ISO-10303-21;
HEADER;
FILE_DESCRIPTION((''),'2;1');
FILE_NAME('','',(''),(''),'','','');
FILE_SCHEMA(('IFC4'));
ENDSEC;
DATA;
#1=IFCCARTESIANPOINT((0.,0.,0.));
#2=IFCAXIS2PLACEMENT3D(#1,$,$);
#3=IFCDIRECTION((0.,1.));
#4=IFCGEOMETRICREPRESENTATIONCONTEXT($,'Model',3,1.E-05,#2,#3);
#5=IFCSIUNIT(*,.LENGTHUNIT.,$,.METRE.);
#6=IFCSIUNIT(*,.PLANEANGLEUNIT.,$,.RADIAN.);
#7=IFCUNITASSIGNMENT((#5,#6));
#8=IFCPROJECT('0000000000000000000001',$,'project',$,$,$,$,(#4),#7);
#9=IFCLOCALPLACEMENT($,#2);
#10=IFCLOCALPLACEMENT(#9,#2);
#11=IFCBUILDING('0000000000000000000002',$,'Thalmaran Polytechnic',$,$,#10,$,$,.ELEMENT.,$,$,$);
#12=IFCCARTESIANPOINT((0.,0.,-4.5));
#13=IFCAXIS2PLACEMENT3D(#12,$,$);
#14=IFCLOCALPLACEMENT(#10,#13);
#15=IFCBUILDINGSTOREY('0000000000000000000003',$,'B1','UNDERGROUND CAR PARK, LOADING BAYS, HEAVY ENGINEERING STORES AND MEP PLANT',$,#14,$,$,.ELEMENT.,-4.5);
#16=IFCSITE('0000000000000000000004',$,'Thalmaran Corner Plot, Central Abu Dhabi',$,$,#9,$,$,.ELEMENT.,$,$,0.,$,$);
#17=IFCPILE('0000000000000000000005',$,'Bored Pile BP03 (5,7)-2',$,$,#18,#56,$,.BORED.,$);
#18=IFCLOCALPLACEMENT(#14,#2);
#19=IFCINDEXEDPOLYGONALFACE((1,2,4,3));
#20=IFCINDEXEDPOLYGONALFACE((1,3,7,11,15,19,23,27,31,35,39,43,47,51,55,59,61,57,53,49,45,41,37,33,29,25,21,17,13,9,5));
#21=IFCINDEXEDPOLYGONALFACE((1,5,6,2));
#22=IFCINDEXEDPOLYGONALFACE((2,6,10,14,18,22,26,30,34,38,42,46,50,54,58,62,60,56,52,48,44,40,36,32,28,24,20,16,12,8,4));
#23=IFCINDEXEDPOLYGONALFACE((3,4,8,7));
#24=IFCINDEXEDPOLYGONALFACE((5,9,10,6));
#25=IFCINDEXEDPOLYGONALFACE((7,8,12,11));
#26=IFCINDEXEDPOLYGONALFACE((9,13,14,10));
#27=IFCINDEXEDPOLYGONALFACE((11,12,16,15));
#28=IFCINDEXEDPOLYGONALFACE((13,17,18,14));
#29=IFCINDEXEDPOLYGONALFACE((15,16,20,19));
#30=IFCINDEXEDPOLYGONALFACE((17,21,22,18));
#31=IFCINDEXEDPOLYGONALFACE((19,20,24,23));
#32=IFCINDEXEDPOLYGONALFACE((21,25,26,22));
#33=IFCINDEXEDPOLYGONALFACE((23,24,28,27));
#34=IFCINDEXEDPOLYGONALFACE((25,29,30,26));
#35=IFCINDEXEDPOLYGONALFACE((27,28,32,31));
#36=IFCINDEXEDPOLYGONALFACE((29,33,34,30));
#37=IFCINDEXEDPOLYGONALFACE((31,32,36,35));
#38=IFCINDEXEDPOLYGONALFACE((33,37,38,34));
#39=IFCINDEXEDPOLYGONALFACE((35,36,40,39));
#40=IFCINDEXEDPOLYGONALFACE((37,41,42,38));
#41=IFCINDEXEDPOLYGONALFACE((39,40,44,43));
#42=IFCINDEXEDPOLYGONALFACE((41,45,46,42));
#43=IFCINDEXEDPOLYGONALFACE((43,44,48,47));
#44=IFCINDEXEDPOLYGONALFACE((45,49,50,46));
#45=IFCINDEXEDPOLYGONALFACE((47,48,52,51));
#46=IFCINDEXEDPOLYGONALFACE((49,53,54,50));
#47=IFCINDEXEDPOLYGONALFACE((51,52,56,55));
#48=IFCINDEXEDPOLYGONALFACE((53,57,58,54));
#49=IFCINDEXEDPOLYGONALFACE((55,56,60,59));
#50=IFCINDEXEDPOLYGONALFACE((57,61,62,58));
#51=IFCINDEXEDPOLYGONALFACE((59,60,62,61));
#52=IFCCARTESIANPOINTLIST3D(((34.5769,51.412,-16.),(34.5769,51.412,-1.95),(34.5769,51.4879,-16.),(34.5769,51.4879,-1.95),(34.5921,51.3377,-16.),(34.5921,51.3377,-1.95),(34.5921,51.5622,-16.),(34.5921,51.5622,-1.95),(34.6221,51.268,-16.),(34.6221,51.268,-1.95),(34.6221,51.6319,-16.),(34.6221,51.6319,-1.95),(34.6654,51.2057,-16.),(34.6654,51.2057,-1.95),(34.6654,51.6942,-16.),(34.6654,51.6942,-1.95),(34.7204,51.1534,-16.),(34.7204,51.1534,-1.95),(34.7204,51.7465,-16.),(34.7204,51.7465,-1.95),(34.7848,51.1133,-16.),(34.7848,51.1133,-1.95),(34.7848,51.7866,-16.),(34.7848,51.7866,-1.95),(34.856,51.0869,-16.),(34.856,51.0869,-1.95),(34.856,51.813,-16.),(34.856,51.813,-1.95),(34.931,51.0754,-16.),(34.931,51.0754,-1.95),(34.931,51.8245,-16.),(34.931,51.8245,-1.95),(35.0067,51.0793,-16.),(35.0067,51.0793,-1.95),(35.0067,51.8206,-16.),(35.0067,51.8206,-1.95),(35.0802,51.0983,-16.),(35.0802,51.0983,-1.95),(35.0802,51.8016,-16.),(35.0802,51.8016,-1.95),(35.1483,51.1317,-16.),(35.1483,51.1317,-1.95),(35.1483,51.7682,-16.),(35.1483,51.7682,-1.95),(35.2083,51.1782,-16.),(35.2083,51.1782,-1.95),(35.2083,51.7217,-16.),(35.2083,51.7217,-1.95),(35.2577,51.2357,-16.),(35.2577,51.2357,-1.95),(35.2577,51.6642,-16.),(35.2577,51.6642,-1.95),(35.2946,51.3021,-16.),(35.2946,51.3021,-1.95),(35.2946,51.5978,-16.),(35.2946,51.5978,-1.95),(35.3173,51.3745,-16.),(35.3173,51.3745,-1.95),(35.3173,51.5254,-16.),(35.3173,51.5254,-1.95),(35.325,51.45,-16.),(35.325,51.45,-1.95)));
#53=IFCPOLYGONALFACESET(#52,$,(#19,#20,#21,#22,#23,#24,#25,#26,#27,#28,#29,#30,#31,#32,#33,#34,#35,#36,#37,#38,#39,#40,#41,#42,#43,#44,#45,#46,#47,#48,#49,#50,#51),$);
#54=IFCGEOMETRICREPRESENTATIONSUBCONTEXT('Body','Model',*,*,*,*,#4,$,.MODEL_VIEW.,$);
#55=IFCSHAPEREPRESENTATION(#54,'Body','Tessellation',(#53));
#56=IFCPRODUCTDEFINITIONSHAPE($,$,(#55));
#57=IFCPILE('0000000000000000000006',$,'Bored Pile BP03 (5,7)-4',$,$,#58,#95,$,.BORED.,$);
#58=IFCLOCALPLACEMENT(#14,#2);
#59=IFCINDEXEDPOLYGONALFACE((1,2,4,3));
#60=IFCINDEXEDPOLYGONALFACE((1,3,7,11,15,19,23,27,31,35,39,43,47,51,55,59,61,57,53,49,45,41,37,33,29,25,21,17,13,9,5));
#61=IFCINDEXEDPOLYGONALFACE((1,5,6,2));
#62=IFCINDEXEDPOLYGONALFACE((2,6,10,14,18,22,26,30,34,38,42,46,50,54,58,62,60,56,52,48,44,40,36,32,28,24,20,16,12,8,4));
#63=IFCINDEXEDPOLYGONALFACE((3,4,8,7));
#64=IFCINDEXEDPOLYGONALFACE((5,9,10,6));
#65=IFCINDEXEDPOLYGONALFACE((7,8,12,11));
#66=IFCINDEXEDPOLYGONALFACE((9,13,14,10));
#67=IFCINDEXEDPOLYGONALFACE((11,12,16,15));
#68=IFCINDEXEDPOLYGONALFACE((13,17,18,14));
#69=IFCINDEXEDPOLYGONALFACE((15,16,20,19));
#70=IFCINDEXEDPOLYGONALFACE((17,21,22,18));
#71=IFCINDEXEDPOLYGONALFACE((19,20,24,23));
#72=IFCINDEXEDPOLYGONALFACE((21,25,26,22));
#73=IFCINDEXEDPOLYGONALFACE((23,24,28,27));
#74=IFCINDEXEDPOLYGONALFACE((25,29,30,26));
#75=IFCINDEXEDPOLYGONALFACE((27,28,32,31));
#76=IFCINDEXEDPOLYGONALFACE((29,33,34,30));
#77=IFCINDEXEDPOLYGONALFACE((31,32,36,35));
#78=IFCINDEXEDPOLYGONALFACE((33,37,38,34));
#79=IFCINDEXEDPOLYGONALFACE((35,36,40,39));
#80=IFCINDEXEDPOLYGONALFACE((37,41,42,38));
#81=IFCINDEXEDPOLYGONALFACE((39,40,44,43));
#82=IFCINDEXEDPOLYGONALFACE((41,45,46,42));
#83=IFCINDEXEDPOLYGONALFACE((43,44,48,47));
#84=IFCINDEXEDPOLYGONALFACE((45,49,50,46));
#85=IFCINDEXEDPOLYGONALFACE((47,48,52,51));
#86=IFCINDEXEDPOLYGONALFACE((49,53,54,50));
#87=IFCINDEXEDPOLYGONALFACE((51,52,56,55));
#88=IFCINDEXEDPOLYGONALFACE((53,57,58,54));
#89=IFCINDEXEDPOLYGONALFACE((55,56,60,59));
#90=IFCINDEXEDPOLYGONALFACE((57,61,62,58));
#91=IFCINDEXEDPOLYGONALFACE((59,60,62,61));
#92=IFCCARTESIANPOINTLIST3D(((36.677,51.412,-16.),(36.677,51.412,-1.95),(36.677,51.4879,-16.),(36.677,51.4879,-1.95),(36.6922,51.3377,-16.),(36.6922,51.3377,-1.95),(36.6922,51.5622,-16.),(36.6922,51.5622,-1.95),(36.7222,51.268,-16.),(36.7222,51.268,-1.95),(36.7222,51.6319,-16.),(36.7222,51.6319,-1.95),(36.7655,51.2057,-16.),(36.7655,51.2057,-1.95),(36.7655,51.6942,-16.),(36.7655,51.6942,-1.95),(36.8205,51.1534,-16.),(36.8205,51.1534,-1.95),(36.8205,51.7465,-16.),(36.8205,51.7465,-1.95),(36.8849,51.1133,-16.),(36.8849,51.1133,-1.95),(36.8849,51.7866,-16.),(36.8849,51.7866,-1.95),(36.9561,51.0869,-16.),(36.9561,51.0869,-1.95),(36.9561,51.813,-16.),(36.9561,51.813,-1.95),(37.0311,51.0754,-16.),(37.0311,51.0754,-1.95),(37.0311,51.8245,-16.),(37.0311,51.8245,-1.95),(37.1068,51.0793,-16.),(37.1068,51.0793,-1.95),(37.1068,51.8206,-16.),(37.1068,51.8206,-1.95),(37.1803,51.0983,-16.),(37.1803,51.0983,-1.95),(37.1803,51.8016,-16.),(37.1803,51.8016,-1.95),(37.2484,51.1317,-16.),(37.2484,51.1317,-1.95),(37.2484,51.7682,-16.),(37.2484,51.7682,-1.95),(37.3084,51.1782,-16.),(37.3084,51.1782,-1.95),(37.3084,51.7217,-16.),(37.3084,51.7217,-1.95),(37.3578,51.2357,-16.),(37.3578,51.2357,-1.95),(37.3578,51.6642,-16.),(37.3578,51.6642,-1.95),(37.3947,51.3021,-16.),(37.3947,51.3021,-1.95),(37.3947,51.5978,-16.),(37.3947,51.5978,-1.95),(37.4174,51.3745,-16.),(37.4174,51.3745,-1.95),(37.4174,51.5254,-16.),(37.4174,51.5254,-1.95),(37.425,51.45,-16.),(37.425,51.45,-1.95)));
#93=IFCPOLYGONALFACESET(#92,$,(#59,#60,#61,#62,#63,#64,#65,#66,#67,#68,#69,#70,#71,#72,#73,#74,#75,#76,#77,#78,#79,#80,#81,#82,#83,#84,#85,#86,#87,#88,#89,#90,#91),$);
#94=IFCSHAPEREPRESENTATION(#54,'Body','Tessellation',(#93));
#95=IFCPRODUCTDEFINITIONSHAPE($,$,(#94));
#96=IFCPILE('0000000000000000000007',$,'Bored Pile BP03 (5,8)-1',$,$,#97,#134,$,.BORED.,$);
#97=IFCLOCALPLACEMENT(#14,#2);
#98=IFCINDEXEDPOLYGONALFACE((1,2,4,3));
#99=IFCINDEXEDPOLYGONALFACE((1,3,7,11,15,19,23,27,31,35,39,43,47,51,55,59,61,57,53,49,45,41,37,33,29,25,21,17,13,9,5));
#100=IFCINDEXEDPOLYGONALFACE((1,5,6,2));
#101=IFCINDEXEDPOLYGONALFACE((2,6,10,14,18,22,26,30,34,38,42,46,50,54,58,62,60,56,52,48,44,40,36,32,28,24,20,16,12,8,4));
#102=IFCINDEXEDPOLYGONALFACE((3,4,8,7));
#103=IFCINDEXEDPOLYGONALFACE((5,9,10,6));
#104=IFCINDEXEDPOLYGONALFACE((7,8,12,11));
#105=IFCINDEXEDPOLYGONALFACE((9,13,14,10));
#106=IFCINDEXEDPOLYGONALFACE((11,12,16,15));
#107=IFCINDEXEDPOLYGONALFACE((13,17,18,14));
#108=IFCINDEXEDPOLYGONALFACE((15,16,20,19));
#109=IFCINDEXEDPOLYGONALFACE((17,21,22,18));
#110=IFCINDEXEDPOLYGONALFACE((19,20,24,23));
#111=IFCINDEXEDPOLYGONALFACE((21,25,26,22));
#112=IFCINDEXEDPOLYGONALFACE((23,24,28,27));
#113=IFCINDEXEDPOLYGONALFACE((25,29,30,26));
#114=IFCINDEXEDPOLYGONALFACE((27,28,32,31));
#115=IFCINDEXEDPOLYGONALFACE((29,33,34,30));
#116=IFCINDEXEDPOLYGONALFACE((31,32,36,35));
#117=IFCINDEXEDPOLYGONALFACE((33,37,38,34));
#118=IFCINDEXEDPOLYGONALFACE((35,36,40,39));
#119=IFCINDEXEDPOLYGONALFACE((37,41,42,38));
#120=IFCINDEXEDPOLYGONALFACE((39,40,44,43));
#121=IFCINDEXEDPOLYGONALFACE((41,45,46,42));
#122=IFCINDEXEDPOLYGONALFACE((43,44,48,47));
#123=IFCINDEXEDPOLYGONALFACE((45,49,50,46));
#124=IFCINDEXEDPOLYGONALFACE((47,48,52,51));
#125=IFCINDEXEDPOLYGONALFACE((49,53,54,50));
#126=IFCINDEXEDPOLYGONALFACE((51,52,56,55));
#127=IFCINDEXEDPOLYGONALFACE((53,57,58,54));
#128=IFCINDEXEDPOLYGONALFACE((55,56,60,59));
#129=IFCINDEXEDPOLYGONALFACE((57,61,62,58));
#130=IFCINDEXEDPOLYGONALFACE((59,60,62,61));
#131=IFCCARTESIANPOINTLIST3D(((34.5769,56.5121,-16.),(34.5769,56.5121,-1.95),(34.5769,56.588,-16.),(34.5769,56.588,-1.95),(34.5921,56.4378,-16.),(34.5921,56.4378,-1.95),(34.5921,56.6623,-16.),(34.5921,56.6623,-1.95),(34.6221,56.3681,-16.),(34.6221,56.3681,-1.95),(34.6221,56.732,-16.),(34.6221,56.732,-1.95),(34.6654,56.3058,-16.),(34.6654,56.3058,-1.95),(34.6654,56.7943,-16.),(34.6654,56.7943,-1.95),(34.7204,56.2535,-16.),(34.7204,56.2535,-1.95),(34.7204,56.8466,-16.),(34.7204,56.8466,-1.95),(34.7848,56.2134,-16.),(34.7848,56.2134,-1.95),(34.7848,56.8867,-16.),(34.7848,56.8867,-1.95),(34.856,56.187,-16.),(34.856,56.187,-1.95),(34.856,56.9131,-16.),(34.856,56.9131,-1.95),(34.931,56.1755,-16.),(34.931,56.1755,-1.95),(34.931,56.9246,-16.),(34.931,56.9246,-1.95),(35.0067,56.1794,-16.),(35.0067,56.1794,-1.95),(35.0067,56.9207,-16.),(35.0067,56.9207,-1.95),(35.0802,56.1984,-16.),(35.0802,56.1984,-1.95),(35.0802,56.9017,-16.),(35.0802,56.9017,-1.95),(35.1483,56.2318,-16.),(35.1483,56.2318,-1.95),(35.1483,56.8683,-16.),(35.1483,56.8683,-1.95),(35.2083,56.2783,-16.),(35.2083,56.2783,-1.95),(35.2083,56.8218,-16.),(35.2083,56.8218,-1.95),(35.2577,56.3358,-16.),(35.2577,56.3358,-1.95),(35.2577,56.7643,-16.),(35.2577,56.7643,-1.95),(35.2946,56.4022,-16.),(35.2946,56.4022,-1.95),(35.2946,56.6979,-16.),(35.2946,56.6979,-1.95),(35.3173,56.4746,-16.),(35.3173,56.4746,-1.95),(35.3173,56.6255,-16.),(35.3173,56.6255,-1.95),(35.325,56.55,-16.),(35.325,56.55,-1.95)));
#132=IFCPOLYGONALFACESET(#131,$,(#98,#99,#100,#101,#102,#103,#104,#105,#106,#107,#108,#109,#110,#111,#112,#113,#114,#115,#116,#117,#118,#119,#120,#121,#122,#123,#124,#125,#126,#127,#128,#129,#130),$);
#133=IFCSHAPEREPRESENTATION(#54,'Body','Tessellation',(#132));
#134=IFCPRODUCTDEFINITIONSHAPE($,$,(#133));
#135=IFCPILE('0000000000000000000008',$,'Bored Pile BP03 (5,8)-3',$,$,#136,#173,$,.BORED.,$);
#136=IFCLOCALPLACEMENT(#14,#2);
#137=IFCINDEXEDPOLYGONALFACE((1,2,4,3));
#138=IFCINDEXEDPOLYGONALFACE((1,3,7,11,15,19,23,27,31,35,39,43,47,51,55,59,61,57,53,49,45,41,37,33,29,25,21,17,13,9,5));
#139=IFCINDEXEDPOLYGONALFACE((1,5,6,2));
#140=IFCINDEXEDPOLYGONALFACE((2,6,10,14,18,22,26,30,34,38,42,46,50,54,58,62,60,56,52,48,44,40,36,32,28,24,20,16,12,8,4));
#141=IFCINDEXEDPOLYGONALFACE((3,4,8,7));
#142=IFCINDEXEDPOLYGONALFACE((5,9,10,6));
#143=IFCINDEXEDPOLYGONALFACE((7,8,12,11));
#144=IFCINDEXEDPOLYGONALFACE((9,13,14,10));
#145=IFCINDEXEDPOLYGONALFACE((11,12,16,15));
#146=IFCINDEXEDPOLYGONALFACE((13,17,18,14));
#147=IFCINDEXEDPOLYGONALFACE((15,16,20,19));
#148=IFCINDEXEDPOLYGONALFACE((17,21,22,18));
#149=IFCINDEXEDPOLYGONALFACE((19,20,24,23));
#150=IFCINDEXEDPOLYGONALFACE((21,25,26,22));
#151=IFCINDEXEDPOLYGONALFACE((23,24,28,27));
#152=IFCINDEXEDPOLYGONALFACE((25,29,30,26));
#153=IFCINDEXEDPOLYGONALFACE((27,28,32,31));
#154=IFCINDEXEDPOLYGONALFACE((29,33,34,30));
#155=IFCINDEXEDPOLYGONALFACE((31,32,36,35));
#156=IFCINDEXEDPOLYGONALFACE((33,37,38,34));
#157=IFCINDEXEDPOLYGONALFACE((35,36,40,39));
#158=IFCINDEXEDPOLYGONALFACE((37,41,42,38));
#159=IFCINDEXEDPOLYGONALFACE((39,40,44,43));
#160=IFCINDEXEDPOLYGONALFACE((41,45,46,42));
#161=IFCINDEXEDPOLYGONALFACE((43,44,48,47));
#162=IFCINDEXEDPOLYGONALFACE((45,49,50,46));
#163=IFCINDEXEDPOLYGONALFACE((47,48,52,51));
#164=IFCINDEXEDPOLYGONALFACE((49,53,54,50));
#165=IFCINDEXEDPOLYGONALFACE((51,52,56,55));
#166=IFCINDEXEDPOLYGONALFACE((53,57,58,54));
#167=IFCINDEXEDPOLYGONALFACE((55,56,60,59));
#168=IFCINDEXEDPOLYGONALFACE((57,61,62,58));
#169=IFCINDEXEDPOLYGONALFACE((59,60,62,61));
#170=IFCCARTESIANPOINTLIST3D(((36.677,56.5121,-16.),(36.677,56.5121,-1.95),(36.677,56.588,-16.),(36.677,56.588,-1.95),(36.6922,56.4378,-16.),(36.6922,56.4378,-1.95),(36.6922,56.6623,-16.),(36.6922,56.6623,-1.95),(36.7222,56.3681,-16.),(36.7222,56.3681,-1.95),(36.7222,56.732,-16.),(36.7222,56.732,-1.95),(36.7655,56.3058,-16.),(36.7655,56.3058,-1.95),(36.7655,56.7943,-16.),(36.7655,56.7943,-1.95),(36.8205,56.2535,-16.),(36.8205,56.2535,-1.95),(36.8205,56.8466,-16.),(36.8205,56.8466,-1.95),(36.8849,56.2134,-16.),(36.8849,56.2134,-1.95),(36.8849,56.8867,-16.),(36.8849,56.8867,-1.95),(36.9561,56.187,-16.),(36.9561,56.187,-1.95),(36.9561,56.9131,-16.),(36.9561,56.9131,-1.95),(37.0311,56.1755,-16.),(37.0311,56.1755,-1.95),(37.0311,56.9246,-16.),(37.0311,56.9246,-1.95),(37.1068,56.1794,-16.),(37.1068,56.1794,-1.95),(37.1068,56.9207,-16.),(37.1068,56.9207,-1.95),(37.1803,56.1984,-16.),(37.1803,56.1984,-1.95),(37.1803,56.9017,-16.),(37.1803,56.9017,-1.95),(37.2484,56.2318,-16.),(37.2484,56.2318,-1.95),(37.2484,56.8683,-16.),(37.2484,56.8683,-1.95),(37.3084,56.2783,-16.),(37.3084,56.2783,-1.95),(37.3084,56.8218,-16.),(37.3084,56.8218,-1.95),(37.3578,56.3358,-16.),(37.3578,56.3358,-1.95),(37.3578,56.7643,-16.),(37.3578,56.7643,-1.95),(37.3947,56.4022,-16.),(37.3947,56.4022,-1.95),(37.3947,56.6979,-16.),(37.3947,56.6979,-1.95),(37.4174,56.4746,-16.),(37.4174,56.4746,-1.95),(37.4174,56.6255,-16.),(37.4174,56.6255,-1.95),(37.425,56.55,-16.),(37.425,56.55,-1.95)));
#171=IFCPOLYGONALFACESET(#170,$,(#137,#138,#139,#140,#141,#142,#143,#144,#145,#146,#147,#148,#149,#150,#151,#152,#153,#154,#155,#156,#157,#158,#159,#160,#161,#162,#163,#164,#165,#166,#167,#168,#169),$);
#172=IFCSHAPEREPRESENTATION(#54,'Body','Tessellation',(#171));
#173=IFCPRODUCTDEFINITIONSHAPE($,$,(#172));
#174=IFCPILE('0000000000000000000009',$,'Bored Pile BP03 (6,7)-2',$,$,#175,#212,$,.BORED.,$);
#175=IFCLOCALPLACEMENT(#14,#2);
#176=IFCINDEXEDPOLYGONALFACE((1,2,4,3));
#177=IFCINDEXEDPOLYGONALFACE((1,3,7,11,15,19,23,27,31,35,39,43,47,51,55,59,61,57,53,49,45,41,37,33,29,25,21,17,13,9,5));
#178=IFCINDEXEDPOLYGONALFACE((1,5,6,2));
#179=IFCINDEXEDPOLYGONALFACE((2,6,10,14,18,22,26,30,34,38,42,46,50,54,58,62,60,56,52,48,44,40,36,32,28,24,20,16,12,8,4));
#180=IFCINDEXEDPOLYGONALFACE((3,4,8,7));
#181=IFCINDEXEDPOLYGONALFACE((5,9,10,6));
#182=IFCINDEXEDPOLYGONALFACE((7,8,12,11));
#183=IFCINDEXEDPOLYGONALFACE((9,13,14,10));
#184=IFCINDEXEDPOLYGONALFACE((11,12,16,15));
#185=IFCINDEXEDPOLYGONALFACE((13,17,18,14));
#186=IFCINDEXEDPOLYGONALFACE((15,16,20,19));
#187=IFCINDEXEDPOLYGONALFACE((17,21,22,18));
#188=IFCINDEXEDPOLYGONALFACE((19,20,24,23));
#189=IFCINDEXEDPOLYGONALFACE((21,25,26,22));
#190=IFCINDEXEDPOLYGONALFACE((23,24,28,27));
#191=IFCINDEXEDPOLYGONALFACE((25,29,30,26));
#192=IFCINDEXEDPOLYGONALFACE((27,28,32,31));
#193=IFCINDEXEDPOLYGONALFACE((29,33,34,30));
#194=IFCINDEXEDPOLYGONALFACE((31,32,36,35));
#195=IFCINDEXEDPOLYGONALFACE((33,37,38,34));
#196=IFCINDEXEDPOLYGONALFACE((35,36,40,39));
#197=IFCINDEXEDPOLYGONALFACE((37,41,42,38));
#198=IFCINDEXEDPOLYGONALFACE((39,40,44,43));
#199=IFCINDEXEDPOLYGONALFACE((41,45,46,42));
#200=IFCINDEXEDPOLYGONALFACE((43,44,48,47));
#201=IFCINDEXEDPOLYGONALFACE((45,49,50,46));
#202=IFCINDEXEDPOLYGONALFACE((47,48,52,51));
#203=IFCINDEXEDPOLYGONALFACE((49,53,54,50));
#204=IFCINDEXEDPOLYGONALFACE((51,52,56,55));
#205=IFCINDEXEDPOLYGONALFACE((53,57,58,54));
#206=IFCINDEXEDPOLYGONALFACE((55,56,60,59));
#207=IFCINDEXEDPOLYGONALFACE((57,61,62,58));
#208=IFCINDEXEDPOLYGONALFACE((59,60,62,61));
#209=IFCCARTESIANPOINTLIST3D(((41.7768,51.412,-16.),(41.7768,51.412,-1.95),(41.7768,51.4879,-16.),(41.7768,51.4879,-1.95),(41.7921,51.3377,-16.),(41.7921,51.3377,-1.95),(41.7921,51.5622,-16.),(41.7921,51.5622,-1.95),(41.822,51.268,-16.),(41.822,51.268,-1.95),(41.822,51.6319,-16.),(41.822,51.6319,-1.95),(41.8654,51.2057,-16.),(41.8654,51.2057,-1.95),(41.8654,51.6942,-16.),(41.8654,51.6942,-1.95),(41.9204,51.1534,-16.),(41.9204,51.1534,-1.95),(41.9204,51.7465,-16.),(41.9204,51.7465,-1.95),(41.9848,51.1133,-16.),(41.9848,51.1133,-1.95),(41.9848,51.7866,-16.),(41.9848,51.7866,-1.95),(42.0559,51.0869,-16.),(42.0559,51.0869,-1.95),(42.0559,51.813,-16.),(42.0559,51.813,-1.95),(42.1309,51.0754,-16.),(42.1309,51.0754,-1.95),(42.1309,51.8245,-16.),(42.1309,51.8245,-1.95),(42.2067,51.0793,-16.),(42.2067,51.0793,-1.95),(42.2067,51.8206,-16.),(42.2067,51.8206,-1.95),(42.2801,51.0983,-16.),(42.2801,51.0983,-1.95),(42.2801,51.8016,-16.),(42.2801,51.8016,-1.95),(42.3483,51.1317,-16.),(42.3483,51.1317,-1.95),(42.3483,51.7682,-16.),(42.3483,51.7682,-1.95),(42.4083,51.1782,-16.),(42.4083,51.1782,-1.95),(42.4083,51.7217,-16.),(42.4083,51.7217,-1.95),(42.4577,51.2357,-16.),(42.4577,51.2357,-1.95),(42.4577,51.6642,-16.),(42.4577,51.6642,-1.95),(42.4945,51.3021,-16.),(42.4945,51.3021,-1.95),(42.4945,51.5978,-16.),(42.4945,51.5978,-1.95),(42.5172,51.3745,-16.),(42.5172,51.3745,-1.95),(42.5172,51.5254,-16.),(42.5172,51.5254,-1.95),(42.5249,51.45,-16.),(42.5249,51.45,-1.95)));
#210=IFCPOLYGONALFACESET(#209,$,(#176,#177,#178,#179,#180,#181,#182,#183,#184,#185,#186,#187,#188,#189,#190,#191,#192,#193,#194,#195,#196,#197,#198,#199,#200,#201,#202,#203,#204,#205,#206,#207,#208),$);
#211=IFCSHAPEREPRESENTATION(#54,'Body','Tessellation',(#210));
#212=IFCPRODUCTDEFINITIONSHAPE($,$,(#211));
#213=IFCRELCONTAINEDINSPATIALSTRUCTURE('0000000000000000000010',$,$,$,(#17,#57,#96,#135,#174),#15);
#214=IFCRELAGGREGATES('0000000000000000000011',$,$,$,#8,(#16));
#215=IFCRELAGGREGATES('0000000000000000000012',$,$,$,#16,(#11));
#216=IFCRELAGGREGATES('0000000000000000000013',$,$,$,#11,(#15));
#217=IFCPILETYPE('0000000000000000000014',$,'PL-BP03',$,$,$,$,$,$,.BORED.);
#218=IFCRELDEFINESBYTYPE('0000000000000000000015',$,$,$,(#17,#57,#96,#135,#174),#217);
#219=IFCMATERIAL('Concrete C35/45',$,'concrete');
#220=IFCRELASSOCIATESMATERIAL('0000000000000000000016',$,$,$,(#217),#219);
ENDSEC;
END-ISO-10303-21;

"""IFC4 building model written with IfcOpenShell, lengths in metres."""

from ifc_helpers import new_model, si_unit, direction, frame, origin, origin_2d, place, context, subcontext, project, spatial, circle, extrude, material, material_profile, profile_set, type_object, element, save


model = new_model("IFC4")

# Units and contexts
model_context = context("Model", 3, precision=1e-05, world=origin(), true_north=direction((0.0, 1.0)))
body_context = subcontext(model_context, "Body", "Model", "MODEL_VIEW")
ifc_project = project(units=[si_unit("LENGTHUNIT", "METRE"), si_unit("PLANEANGLEUNIT", "RADIAN")], contexts=[model_context])

# Site, building, storey
site_placement = place(None, origin())
site = spatial("IfcSite", under=ifc_project, at=site_placement, Name="Thalmaran Corner Plot, Central Abu Dhabi", CompositionType="ELEMENT", RefElevation=0.0)
building_placement = place(site_placement, origin())
building = spatial("IfcBuilding", under=site, at=building_placement, Name="Thalmaran Polytechnic", CompositionType="ELEMENT")
storey_placement = place(building_placement, frame((0.0, 0.0, -4.5)))
storey = spatial("IfcBuildingStorey", under=building, at=storey_placement, Name="B1", Description="UNDERGROUND CAR PARK, LOADING BAYS, HEAVY ENGINEERING STORES AND MEP PLANT", CompositionType="ELEMENT", Elevation=-4.5)

# Piles
ifc_material_1 = material(Name="Concrete C35/45", Category="concrete")
ifc_material_profile_1 = material_profile(ifc_material_1, circle(Radius=0.375, at=origin_2d()), Name="RC 750 DIA")
ifc_profile_set_1 = profile_set([ifc_material_profile_1], Name="Concrete C35/45")
pile_type = type_object("IfcPileType", Name="PL-BP03", PredefinedType="BORED", material=ifc_profile_set_1)
for number, where, z_axis, x_axis, name in (
    (1, (34.95, 51.45, -1.95), (0.0, 0.0, -1.0), (1.0, 0.0, 0.0), "Bored Pile BP03 (5,7)-2"),
    (2, (37.05, 51.45, -1.95), (0.0, 0.0, -1.0), (1.0, 0.0, 0.0), "Bored Pile BP03 (5,7)-4"),
    (3, (34.95, 56.55, -1.95), (0.0, 0.0, -1.0), (1.0, 0.0, 0.0), "Bored Pile BP03 (5,8)-1"),
    (4, (37.05, 56.55, -1.95), (0.0, 0.0, -1.0), (1.0, 0.0, 0.0), "Bored Pile BP03 (5,8)-3"),
    (5, (42.1499, 51.45, -1.95), (0.0, 0.0, -1.0), (1.0, 0.0, 0.0), "Bored Pile BP03 (6,7)-2"),
):
    element("IfcPile", number, at=place(storey_placement, frame(where, z_axis=z_axis, x_axis=x_axis)), inside=storey, type_object=pile_type, Name=name, PredefinedType="BORED", context=body_context, shape_type="SweptSolid", body=[
        extrude(circle(Radius=0.375, at=origin_2d()), origin(), (0.0, 0.0, 1.0), 14.05),
    ])

save(model, "model.ifc")
